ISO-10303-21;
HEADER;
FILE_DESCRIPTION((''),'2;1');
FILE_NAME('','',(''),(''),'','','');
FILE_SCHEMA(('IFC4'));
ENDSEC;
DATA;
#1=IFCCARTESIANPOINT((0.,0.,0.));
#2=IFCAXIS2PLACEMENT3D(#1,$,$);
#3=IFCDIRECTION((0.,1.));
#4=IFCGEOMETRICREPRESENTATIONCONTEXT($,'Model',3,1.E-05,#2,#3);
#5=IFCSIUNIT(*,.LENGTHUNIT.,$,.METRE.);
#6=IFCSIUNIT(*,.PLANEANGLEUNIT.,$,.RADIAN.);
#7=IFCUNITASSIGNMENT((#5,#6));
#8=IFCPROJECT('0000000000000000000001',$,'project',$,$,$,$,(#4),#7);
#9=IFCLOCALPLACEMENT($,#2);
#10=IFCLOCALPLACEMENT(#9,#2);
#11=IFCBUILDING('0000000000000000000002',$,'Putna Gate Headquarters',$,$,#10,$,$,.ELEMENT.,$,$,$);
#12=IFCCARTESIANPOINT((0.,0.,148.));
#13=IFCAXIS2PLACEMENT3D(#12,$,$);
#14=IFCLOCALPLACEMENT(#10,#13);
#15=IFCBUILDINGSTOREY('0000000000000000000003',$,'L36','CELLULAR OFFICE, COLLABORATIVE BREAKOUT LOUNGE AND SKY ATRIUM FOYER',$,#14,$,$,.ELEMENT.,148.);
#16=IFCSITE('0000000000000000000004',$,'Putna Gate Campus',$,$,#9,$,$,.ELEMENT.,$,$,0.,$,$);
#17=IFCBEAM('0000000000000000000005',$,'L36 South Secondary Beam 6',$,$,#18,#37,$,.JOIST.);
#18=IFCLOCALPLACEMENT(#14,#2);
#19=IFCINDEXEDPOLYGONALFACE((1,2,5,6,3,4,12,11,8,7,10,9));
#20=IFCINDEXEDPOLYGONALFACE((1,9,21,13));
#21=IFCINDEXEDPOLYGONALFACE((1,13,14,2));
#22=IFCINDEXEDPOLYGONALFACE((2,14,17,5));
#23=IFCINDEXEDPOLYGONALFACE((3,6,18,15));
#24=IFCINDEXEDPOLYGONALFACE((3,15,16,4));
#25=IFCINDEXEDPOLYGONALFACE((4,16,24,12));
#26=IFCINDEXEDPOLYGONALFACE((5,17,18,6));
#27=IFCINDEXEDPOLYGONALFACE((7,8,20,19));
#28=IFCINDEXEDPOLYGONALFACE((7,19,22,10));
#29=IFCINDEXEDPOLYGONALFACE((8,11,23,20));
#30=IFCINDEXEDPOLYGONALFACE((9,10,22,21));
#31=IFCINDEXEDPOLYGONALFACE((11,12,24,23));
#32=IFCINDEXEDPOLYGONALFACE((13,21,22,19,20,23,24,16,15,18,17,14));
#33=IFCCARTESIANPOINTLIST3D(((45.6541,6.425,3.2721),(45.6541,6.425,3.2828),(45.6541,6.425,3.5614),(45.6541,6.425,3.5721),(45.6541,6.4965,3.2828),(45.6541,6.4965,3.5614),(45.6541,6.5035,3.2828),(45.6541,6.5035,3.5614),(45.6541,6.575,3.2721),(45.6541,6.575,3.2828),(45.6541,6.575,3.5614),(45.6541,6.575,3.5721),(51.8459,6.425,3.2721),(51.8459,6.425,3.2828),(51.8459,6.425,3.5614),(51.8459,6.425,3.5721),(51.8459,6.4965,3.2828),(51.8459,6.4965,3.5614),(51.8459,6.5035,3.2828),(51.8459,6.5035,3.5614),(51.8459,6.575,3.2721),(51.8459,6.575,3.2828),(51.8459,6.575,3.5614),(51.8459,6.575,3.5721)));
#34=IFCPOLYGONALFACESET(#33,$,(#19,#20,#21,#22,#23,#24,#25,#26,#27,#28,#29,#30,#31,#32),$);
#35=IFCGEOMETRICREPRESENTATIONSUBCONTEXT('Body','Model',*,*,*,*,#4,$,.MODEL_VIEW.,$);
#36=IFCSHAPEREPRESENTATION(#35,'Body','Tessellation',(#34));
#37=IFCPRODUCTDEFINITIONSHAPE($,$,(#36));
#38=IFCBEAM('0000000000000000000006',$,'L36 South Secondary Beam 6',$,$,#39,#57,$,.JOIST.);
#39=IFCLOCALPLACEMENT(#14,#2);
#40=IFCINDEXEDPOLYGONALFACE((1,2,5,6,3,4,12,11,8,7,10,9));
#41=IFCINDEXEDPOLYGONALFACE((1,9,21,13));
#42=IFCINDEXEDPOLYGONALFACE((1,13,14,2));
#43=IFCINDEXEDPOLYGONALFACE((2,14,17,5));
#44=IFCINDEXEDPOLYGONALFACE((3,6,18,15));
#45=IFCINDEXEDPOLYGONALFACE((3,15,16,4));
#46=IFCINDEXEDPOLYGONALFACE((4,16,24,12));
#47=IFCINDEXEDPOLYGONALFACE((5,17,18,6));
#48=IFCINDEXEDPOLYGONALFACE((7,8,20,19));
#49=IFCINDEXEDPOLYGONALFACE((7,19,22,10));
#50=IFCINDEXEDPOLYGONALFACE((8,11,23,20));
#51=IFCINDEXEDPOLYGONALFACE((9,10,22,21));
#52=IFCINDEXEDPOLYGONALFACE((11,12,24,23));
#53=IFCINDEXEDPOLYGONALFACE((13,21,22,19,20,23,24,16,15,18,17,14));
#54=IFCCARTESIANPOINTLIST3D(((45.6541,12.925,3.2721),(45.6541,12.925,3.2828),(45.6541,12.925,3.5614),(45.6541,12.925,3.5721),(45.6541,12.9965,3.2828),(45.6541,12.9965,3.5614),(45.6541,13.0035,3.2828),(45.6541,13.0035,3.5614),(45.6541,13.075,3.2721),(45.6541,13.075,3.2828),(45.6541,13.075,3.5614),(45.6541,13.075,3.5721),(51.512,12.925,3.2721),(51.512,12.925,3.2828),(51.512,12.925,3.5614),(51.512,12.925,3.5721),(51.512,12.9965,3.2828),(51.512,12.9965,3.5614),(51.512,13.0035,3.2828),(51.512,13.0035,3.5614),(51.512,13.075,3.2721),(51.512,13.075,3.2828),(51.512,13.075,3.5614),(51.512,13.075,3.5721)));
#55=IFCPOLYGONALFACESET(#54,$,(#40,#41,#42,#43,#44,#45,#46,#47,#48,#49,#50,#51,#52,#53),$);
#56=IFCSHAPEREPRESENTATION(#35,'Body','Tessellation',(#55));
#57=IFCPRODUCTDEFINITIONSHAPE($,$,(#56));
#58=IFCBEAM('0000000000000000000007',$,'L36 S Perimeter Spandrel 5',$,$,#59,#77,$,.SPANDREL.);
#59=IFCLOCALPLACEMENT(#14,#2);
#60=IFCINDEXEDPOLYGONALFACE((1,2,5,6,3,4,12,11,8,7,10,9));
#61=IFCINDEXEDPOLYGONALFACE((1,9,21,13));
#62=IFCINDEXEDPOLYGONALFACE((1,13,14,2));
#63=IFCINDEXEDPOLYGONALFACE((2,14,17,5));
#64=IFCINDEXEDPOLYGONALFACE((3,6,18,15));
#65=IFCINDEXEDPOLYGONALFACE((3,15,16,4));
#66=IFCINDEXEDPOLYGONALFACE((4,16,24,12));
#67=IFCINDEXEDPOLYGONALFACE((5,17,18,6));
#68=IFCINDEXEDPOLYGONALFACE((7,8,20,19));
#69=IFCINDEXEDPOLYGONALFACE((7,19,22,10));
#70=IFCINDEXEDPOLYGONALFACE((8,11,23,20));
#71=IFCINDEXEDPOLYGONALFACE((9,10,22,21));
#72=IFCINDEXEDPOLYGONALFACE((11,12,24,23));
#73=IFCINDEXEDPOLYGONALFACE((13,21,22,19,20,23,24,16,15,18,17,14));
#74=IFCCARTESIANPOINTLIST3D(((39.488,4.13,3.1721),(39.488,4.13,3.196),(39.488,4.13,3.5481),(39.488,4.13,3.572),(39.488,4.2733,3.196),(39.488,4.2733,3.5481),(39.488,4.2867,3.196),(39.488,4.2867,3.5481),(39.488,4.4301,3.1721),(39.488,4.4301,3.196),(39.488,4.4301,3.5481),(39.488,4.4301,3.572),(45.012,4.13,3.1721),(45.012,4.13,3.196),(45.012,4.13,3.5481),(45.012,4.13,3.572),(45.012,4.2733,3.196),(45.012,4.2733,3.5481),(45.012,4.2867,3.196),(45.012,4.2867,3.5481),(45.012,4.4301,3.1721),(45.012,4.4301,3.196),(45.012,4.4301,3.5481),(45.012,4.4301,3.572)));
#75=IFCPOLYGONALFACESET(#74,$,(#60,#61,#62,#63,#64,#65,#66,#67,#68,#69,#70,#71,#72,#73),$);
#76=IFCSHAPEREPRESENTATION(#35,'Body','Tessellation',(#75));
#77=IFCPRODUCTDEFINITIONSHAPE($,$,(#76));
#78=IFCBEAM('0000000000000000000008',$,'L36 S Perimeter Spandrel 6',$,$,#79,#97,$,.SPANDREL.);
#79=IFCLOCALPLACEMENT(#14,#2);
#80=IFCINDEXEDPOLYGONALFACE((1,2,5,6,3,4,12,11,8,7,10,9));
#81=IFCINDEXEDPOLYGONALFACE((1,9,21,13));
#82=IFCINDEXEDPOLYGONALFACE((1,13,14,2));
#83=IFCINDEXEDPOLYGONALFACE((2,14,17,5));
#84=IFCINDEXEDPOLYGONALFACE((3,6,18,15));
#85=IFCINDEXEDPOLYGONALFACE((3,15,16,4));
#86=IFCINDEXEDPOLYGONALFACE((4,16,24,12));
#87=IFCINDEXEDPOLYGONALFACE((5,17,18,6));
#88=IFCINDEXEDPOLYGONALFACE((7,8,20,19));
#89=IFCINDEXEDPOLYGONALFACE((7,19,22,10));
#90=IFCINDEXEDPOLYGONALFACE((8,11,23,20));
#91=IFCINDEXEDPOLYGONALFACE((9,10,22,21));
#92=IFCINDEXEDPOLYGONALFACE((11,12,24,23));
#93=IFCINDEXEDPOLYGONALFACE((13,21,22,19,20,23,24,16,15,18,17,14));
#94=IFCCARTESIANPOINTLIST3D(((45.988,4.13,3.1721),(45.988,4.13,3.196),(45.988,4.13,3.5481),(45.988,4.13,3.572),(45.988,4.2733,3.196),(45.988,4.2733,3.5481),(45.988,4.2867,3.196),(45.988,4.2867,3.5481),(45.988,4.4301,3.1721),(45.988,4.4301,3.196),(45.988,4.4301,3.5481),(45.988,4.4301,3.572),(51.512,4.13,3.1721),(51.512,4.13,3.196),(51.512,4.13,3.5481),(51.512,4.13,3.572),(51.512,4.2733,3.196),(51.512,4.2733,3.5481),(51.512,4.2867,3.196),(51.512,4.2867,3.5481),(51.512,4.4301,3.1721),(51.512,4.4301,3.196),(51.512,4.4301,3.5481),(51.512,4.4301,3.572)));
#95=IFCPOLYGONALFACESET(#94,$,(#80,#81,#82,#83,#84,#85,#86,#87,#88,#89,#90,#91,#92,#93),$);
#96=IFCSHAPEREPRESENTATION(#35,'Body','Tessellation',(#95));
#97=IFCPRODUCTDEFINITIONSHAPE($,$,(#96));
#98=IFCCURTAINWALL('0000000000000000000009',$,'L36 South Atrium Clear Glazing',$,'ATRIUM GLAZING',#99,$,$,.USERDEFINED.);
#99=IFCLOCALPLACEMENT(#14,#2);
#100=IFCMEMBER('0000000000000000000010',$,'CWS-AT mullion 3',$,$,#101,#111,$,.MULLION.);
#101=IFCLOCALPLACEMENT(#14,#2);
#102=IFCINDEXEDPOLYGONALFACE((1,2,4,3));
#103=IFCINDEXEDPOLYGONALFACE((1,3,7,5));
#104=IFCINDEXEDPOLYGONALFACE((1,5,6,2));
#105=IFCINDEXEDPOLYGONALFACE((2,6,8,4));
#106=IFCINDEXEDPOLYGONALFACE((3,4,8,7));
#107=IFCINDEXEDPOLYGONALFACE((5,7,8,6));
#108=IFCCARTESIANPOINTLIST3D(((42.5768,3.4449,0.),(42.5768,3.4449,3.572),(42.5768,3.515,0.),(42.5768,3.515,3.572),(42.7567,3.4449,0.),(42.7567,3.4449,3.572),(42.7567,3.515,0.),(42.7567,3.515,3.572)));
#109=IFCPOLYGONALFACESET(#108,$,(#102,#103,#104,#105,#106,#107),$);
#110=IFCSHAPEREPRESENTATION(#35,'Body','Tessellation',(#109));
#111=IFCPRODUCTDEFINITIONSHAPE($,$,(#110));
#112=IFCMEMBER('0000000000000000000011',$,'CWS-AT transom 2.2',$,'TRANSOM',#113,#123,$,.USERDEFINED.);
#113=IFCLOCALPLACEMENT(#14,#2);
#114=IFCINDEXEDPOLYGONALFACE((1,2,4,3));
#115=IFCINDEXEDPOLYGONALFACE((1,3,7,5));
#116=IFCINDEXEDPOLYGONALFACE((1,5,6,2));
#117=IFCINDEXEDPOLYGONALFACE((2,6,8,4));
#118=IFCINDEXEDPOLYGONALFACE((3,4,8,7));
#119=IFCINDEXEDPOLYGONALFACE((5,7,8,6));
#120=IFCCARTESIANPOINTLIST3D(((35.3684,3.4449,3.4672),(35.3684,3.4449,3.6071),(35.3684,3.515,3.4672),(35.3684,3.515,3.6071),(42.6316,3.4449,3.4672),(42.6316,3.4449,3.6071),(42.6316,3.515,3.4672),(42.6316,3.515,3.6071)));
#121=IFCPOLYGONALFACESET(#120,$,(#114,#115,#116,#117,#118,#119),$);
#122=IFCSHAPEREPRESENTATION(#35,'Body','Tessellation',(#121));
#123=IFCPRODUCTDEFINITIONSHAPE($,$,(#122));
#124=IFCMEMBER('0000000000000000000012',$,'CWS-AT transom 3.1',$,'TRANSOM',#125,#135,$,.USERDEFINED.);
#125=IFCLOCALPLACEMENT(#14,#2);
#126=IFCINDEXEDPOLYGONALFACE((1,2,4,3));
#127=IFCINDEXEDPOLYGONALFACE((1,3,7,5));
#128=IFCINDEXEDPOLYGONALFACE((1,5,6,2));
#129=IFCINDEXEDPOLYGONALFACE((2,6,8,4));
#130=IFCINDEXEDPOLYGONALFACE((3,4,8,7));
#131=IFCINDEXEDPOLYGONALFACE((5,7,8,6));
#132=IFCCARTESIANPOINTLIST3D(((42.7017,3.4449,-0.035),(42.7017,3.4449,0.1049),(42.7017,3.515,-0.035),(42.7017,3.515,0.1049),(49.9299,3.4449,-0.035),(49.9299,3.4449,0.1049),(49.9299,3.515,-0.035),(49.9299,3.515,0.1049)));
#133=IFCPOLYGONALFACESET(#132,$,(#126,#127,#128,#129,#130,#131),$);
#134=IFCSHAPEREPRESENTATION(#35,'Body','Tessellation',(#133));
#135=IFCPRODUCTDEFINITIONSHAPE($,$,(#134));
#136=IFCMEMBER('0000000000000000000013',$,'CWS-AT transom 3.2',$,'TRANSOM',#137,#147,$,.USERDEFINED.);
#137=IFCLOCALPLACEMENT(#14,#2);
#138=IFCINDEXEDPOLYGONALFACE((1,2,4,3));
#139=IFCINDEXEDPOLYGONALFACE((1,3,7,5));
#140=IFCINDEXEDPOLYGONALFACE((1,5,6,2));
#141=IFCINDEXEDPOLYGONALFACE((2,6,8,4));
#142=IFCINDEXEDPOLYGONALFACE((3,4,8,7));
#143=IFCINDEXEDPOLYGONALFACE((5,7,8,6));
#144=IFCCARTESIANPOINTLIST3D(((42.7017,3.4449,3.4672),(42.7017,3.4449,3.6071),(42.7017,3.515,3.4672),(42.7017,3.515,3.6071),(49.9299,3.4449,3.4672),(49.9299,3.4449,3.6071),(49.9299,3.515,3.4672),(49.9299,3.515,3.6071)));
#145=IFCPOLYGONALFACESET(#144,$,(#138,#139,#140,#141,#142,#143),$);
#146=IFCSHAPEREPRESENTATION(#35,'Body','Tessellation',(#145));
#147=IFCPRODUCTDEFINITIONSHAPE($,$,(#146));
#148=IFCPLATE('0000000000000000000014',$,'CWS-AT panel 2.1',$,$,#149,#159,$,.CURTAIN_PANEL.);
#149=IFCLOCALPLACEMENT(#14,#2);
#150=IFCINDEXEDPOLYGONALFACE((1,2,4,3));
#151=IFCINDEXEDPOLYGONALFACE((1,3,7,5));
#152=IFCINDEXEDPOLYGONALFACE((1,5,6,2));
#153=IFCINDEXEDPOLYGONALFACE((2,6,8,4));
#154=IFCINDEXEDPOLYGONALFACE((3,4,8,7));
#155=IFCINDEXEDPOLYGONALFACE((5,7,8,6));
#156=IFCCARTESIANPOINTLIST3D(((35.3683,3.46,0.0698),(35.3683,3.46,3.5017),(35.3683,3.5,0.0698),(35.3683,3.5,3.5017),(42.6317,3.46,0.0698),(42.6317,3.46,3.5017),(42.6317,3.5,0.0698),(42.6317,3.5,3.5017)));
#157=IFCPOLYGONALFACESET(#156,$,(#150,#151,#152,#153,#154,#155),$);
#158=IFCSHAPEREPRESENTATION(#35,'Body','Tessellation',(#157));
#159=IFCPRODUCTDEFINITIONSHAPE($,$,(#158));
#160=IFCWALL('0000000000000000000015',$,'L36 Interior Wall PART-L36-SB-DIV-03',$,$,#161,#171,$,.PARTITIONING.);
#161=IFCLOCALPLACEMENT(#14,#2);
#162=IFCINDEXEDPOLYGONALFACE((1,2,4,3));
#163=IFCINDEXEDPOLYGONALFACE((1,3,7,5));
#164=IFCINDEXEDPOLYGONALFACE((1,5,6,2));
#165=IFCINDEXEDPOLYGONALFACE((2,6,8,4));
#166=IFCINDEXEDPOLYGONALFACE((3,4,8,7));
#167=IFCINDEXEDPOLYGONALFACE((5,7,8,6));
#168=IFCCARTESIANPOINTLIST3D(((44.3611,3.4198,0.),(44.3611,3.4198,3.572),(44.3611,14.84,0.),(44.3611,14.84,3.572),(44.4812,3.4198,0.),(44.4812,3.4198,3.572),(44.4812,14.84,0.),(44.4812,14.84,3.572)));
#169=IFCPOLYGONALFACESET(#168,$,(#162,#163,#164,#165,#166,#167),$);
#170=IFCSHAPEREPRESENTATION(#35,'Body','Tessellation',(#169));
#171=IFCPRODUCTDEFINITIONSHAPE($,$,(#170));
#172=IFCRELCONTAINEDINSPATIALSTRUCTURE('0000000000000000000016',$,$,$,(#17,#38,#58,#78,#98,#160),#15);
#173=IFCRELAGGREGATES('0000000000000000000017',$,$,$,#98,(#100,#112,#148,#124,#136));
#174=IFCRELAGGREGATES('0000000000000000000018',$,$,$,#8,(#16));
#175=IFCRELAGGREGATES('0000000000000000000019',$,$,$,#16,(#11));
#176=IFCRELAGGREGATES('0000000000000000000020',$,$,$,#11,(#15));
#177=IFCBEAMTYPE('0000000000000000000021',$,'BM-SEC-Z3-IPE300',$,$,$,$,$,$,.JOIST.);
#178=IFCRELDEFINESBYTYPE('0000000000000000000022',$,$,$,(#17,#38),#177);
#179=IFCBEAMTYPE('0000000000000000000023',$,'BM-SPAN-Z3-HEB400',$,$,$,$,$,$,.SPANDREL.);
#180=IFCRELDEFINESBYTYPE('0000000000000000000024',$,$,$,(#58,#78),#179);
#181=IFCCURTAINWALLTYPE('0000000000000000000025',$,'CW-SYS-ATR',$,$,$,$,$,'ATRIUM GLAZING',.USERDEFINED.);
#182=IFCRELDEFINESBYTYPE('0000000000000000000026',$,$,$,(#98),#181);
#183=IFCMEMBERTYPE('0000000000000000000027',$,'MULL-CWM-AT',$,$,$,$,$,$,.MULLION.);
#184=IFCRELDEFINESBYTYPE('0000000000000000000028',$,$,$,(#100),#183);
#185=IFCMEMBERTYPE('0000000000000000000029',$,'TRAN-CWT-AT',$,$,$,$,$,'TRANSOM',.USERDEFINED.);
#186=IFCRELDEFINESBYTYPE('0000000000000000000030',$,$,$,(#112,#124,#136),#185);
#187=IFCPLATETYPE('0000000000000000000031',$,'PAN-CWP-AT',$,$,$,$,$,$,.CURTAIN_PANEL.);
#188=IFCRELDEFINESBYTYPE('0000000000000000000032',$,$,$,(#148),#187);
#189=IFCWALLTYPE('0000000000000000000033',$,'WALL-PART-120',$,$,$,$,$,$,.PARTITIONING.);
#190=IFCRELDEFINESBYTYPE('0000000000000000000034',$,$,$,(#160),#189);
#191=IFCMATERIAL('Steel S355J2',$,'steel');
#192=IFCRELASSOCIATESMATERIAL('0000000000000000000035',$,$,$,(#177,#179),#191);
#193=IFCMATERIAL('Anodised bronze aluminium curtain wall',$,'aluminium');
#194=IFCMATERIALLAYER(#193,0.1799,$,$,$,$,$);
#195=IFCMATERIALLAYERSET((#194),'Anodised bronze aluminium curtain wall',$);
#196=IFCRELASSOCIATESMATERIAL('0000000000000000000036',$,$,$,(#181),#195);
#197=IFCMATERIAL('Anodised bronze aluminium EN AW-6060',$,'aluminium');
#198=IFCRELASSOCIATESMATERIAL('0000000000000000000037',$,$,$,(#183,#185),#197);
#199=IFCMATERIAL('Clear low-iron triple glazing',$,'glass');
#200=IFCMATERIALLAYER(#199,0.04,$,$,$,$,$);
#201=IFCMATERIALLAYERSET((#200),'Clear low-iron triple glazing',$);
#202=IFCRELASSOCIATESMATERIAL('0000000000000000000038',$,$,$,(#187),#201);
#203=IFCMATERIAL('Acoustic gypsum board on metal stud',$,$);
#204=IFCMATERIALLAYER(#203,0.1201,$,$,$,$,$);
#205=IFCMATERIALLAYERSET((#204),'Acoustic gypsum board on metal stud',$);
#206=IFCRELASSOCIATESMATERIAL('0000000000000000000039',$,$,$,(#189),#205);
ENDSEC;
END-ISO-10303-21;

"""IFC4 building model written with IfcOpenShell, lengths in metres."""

from ifc_helpers import new_model, si_unit, direction, frame, frame_2d, origin, origin_2d, place, context, subcontext, project, spatial, rectangle, i_section, extrude, material, layer, layer_set, material_profile, profile_set, type_object, element, aggregate, save


model = new_model("IFC4")

# Units and contexts
model_context = context("Model", 3, precision=1e-05, world=origin(), true_north=direction((0.0, 1.0)))
body_context = subcontext(model_context, "Body", "Model", "MODEL_VIEW")
ifc_project = project(units=[si_unit("LENGTHUNIT", "METRE"), si_unit("PLANEANGLEUNIT", "RADIAN")], contexts=[model_context])

# Site, building, storey
site_placement = place(None, origin())
site = spatial("IfcSite", under=ifc_project, at=site_placement, Name="Putna Gate Campus", CompositionType="ELEMENT", RefElevation=0.0)
building_placement = place(site_placement, origin())
building = spatial("IfcBuilding", under=site, at=building_placement, Name="Putna Gate Headquarters", CompositionType="ELEMENT")
storey_placement = place(building_placement, frame((0.0, 0.0, 148.0)))
storey = spatial("IfcBuildingStorey", under=building, at=storey_placement, Name="L36", Description="CELLULAR OFFICE, COLLABORATIVE BREAKOUT LOUNGE AND SKY ATRIUM FOYER", CompositionType="ELEMENT", Elevation=148.0)

# Beams
ifc_material_1 = material(Name="Steel S355J2", Category="steel")
ifc_material_profile_1 = material_profile(ifc_material_1, i_section(OverallWidth=0.1499, OverallDepth=0.3, WebThickness=0.0071, FlangeThickness=0.0107, at=origin_2d()), Name="Steel S355J2")
ifc_profile_set_1 = profile_set([ifc_material_profile_1], Name="Steel S355J2")
beam_type_1 = type_object("IfcBeamType", Name="BM-SEC-Z3-IPE300", PredefinedType="JOIST", material=ifc_profile_set_1)
for number, where, z_axis, x_axis, name in (
    (1, (45.6541, 6.5, 3.4221), (1.0, 0.0, 0.0), (0.0, 1.0, 0.0), "L36 South Secondary Beam 6"),
):
    element("IfcBeam", number, at=place(storey_placement, frame(where, z_axis=z_axis, x_axis=x_axis)), inside=storey, type_object=beam_type_1, Name=name, PredefinedType="JOIST", context=body_context, shape_type="SweptSolid", body=[
        extrude(i_section(OverallWidth=0.1499, OverallDepth=0.3, WebThickness=0.0071, FlangeThickness=0.0107, at=origin_2d()), origin(), (0.0, 0.0, 1.0), 6.1919),
    ])
beam_1_placement = place(storey_placement, frame((45.6541, 13.0, 3.4221), z_axis=(1.0, 0.0, 0.0), x_axis=(0.0, 1.0, 0.0)))
element("IfcBeam", 2, at=beam_1_placement, inside=storey, type_object=beam_type_1, Name="L36 South Secondary Beam 6", PredefinedType="JOIST", context=body_context, shape_type="SweptSolid", body=[
    extrude(i_section(OverallWidth=0.1499, OverallDepth=0.3, WebThickness=0.0071, FlangeThickness=0.0107, at=origin_2d()), origin(), (0.0, 0.0, 1.0), 5.8579),
])
ifc_material_profile_2 = material_profile(ifc_material_1, i_section(OverallWidth=0.3, OverallDepth=0.3999, WebThickness=0.0134, FlangeThickness=0.0239, at=origin_2d()), Name="Steel S355J2")
ifc_profile_set_2 = profile_set([ifc_material_profile_2], Name="Steel S355J2")
beam_type_2 = type_object("IfcBeamType", Name="BM-SPAN-Z3-HEB400", PredefinedType="SPANDREL", material=ifc_profile_set_2)
for number, where, z_axis, x_axis, name in (
    (3, (39.488, 4.28, 3.3721), (1.0, 0.0, 0.0), (0.0, 1.0, 0.0), "L36 S Perimeter Spandrel 5"),
    (4, (45.988, 4.28, 3.3721), (1.0, 0.0, 0.0), (0.0, 1.0, 0.0), "L36 S Perimeter Spandrel 6"),
):
    element("IfcBeam", number, at=place(storey_placement, frame(where, z_axis=z_axis, x_axis=x_axis)), inside=storey, type_object=beam_type_2, Name=name, PredefinedType="SPANDREL", context=body_context, shape_type="SweptSolid", body=[
        extrude(i_section(OverallWidth=0.3, OverallDepth=0.3999, WebThickness=0.0134, FlangeThickness=0.0239, at=origin_2d()), origin(), (0.0, 0.0, 1.0), 5.5239),
    ])

# Curtain wall, members, plate
ifc_material_2 = material(Name="Anodised bronze aluminium curtain wall", Category="aluminium")
ifc_layer_1 = layer(ifc_material_2, 0.1799)
ifc_layer_set_1 = layer_set([ifc_layer_1], Name="Anodised bronze aluminium curtain wall")
curtain_wall_type = type_object("IfcCurtainWallType", Name="CW-SYS-ATR", ElementType="ATRIUM GLAZING", PredefinedType="USERDEFINED", material=ifc_layer_set_1)
curtain_wall_placement = place(storey_placement, origin())
curtain_wall = element("IfcCurtainWall", 5, at=curtain_wall_placement, inside=storey, type_object=curtain_wall_type, Name="L36 South Atrium Clear Glazing", ObjectType="ATRIUM GLAZING", PredefinedType="USERDEFINED")
ifc_material_3 = material(Name="Anodised bronze aluminium EN AW-6060", Category="aluminium")
ifc_material_profile_3 = material_profile(ifc_material_3, rectangle(XDim=0.0701, YDim=0.1799, at=origin_2d()), Name="Anodised bronze aluminium EN AW-6060")
ifc_profile_set_3 = profile_set([ifc_material_profile_3], Name="Anodised bronze aluminium EN AW-6060")
member_type_1 = type_object("IfcMemberType", Name="MULL-CWM-AT", PredefinedType="MULLION", material=ifc_profile_set_3)
member_1_placement = place(storey_placement, frame((42.6667, 3.48, 0.0), z_axis=(0.0, 0.0, 1.0), x_axis=(0.0, 1.0, 0.0)))
member_1 = element("IfcMember", 6, at=member_1_placement, type_object=member_type_1, Name="CWS-AT mullion 3", PredefinedType="MULLION", context=body_context, shape_type="SweptSolid", body=[
    extrude(rectangle(XDim=0.0701, YDim=0.1799, at=origin_2d()), origin(), (0.0, 0.0, 1.0), 3.572),
])
ifc_material_profile_4 = material_profile(ifc_material_3, rectangle(XDim=0.0701, YDim=0.1399, at=origin_2d()), Name="Anodised bronze aluminium EN AW-6060")
ifc_profile_set_4 = profile_set([ifc_material_profile_4], Name="Anodised bronze aluminium EN AW-6060")
member_type_2 = type_object("IfcMemberType", Name="TRAN-CWT-AT", ElementType="TRANSOM", PredefinedType="USERDEFINED", material=ifc_profile_set_4)
member_2_placement = place(storey_placement, frame((35.3684, 3.48, 3.5371), z_axis=(1.0, 0.0, 0.0), x_axis=(0.0, 1.0, 0.0)))
member_2 = element("IfcMember", 7, at=member_2_placement, type_object=member_type_2, Name="CWS-AT transom 2.2", ObjectType="TRANSOM", PredefinedType="USERDEFINED", context=body_context, shape_type="SweptSolid", body=[
    extrude(rectangle(XDim=0.0701, YDim=0.1399, at=origin_2d()), origin(), (0.0, 0.0, 1.0), 7.2632),
])
member_3_placement = place(storey_placement, frame((42.7017, 3.48, 0.0349), z_axis=(1.0, 0.0, 0.0), x_axis=(0.0, 1.0, 0.0)))
member_3 = element("IfcMember", 8, at=member_3_placement, type_object=member_type_2, Name="CWS-AT transom 3.1", ObjectType="TRANSOM", PredefinedType="USERDEFINED", context=body_context, shape_type="SweptSolid", body=[
    extrude(rectangle(XDim=0.0701, YDim=0.1399, at=origin_2d()), origin(), (0.0, 0.0, 1.0), 7.2283),
])
member_4_placement = place(storey_placement, frame((42.7017, 3.48, 3.5371), z_axis=(1.0, 0.0, 0.0), x_axis=(0.0, 1.0, 0.0)))
member_4 = element("IfcMember", 9, at=member_4_placement, type_object=member_type_2, Name="CWS-AT transom 3.2", ObjectType="TRANSOM", PredefinedType="USERDEFINED", context=body_context, shape_type="SweptSolid", body=[
    extrude(rectangle(XDim=0.0701, YDim=0.1399, at=origin_2d()), origin(), (0.0, 0.0, 1.0), 7.2283),
])
ifc_material_4 = material(Name="Clear low-iron triple glazing", Category="glass")
ifc_layer_2 = layer(ifc_material_4, 0.04)
ifc_layer_set_2 = layer_set([ifc_layer_2], Name="Clear low-iron triple glazing")
plate_type = type_object("IfcPlateType", Name="PAN-CWP-AT", PredefinedType="CURTAIN_PANEL", material=ifc_layer_set_2)
plate_placement = place(storey_placement, frame((39.0, 3.48, 0.0698), z_axis=(0.0, 0.0, 1.0), x_axis=(1.0, 0.0, 0.0)))
plate = element("IfcPlate", 10, at=plate_placement, type_object=plate_type, Name="CWS-AT panel 2.1", PredefinedType="CURTAIN_PANEL", context=body_context, shape_type="SweptSolid", body=[
    extrude(rectangle(XDim=7.2634, YDim=0.04, at=origin_2d()), origin(), (0.0, 0.0, 1.0), 3.4319),
])
aggregate(curtain_wall, [member_1, member_2, plate, member_3, member_4])

# Wall
ifc_material_5 = material(Name="Acoustic gypsum board on metal stud")
ifc_layer_3 = layer(ifc_material_5, 0.1201)
ifc_layer_set_3 = layer_set([ifc_layer_3], Name="Acoustic gypsum board on metal stud")
wall_type_1 = type_object("IfcWallType", Name="WALL-PART-120", PredefinedType="PARTITIONING", material=ifc_layer_set_3)
wall_1_placement = place(storey_placement, frame((44.4211, 3.4199, 0.0), z_axis=(0.0, 0.0, 1.0), x_axis=(0.0, 1.0, 0.0)))
element("IfcWall", 11, at=wall_1_placement, inside=storey, type_object=wall_type_1, Name="L36 Interior Wall PART-L36-SB-DIV-03", PredefinedType="PARTITIONING", context=body_context, shape_type="SweptSolid", body=[
    extrude(rectangle(XDim=11.4202, YDim=0.1201, at=frame_2d((5.71, 0.0))), origin(), (0.0, 0.0, 1.0), 3.572),
])

save(model, "model.ifc")
